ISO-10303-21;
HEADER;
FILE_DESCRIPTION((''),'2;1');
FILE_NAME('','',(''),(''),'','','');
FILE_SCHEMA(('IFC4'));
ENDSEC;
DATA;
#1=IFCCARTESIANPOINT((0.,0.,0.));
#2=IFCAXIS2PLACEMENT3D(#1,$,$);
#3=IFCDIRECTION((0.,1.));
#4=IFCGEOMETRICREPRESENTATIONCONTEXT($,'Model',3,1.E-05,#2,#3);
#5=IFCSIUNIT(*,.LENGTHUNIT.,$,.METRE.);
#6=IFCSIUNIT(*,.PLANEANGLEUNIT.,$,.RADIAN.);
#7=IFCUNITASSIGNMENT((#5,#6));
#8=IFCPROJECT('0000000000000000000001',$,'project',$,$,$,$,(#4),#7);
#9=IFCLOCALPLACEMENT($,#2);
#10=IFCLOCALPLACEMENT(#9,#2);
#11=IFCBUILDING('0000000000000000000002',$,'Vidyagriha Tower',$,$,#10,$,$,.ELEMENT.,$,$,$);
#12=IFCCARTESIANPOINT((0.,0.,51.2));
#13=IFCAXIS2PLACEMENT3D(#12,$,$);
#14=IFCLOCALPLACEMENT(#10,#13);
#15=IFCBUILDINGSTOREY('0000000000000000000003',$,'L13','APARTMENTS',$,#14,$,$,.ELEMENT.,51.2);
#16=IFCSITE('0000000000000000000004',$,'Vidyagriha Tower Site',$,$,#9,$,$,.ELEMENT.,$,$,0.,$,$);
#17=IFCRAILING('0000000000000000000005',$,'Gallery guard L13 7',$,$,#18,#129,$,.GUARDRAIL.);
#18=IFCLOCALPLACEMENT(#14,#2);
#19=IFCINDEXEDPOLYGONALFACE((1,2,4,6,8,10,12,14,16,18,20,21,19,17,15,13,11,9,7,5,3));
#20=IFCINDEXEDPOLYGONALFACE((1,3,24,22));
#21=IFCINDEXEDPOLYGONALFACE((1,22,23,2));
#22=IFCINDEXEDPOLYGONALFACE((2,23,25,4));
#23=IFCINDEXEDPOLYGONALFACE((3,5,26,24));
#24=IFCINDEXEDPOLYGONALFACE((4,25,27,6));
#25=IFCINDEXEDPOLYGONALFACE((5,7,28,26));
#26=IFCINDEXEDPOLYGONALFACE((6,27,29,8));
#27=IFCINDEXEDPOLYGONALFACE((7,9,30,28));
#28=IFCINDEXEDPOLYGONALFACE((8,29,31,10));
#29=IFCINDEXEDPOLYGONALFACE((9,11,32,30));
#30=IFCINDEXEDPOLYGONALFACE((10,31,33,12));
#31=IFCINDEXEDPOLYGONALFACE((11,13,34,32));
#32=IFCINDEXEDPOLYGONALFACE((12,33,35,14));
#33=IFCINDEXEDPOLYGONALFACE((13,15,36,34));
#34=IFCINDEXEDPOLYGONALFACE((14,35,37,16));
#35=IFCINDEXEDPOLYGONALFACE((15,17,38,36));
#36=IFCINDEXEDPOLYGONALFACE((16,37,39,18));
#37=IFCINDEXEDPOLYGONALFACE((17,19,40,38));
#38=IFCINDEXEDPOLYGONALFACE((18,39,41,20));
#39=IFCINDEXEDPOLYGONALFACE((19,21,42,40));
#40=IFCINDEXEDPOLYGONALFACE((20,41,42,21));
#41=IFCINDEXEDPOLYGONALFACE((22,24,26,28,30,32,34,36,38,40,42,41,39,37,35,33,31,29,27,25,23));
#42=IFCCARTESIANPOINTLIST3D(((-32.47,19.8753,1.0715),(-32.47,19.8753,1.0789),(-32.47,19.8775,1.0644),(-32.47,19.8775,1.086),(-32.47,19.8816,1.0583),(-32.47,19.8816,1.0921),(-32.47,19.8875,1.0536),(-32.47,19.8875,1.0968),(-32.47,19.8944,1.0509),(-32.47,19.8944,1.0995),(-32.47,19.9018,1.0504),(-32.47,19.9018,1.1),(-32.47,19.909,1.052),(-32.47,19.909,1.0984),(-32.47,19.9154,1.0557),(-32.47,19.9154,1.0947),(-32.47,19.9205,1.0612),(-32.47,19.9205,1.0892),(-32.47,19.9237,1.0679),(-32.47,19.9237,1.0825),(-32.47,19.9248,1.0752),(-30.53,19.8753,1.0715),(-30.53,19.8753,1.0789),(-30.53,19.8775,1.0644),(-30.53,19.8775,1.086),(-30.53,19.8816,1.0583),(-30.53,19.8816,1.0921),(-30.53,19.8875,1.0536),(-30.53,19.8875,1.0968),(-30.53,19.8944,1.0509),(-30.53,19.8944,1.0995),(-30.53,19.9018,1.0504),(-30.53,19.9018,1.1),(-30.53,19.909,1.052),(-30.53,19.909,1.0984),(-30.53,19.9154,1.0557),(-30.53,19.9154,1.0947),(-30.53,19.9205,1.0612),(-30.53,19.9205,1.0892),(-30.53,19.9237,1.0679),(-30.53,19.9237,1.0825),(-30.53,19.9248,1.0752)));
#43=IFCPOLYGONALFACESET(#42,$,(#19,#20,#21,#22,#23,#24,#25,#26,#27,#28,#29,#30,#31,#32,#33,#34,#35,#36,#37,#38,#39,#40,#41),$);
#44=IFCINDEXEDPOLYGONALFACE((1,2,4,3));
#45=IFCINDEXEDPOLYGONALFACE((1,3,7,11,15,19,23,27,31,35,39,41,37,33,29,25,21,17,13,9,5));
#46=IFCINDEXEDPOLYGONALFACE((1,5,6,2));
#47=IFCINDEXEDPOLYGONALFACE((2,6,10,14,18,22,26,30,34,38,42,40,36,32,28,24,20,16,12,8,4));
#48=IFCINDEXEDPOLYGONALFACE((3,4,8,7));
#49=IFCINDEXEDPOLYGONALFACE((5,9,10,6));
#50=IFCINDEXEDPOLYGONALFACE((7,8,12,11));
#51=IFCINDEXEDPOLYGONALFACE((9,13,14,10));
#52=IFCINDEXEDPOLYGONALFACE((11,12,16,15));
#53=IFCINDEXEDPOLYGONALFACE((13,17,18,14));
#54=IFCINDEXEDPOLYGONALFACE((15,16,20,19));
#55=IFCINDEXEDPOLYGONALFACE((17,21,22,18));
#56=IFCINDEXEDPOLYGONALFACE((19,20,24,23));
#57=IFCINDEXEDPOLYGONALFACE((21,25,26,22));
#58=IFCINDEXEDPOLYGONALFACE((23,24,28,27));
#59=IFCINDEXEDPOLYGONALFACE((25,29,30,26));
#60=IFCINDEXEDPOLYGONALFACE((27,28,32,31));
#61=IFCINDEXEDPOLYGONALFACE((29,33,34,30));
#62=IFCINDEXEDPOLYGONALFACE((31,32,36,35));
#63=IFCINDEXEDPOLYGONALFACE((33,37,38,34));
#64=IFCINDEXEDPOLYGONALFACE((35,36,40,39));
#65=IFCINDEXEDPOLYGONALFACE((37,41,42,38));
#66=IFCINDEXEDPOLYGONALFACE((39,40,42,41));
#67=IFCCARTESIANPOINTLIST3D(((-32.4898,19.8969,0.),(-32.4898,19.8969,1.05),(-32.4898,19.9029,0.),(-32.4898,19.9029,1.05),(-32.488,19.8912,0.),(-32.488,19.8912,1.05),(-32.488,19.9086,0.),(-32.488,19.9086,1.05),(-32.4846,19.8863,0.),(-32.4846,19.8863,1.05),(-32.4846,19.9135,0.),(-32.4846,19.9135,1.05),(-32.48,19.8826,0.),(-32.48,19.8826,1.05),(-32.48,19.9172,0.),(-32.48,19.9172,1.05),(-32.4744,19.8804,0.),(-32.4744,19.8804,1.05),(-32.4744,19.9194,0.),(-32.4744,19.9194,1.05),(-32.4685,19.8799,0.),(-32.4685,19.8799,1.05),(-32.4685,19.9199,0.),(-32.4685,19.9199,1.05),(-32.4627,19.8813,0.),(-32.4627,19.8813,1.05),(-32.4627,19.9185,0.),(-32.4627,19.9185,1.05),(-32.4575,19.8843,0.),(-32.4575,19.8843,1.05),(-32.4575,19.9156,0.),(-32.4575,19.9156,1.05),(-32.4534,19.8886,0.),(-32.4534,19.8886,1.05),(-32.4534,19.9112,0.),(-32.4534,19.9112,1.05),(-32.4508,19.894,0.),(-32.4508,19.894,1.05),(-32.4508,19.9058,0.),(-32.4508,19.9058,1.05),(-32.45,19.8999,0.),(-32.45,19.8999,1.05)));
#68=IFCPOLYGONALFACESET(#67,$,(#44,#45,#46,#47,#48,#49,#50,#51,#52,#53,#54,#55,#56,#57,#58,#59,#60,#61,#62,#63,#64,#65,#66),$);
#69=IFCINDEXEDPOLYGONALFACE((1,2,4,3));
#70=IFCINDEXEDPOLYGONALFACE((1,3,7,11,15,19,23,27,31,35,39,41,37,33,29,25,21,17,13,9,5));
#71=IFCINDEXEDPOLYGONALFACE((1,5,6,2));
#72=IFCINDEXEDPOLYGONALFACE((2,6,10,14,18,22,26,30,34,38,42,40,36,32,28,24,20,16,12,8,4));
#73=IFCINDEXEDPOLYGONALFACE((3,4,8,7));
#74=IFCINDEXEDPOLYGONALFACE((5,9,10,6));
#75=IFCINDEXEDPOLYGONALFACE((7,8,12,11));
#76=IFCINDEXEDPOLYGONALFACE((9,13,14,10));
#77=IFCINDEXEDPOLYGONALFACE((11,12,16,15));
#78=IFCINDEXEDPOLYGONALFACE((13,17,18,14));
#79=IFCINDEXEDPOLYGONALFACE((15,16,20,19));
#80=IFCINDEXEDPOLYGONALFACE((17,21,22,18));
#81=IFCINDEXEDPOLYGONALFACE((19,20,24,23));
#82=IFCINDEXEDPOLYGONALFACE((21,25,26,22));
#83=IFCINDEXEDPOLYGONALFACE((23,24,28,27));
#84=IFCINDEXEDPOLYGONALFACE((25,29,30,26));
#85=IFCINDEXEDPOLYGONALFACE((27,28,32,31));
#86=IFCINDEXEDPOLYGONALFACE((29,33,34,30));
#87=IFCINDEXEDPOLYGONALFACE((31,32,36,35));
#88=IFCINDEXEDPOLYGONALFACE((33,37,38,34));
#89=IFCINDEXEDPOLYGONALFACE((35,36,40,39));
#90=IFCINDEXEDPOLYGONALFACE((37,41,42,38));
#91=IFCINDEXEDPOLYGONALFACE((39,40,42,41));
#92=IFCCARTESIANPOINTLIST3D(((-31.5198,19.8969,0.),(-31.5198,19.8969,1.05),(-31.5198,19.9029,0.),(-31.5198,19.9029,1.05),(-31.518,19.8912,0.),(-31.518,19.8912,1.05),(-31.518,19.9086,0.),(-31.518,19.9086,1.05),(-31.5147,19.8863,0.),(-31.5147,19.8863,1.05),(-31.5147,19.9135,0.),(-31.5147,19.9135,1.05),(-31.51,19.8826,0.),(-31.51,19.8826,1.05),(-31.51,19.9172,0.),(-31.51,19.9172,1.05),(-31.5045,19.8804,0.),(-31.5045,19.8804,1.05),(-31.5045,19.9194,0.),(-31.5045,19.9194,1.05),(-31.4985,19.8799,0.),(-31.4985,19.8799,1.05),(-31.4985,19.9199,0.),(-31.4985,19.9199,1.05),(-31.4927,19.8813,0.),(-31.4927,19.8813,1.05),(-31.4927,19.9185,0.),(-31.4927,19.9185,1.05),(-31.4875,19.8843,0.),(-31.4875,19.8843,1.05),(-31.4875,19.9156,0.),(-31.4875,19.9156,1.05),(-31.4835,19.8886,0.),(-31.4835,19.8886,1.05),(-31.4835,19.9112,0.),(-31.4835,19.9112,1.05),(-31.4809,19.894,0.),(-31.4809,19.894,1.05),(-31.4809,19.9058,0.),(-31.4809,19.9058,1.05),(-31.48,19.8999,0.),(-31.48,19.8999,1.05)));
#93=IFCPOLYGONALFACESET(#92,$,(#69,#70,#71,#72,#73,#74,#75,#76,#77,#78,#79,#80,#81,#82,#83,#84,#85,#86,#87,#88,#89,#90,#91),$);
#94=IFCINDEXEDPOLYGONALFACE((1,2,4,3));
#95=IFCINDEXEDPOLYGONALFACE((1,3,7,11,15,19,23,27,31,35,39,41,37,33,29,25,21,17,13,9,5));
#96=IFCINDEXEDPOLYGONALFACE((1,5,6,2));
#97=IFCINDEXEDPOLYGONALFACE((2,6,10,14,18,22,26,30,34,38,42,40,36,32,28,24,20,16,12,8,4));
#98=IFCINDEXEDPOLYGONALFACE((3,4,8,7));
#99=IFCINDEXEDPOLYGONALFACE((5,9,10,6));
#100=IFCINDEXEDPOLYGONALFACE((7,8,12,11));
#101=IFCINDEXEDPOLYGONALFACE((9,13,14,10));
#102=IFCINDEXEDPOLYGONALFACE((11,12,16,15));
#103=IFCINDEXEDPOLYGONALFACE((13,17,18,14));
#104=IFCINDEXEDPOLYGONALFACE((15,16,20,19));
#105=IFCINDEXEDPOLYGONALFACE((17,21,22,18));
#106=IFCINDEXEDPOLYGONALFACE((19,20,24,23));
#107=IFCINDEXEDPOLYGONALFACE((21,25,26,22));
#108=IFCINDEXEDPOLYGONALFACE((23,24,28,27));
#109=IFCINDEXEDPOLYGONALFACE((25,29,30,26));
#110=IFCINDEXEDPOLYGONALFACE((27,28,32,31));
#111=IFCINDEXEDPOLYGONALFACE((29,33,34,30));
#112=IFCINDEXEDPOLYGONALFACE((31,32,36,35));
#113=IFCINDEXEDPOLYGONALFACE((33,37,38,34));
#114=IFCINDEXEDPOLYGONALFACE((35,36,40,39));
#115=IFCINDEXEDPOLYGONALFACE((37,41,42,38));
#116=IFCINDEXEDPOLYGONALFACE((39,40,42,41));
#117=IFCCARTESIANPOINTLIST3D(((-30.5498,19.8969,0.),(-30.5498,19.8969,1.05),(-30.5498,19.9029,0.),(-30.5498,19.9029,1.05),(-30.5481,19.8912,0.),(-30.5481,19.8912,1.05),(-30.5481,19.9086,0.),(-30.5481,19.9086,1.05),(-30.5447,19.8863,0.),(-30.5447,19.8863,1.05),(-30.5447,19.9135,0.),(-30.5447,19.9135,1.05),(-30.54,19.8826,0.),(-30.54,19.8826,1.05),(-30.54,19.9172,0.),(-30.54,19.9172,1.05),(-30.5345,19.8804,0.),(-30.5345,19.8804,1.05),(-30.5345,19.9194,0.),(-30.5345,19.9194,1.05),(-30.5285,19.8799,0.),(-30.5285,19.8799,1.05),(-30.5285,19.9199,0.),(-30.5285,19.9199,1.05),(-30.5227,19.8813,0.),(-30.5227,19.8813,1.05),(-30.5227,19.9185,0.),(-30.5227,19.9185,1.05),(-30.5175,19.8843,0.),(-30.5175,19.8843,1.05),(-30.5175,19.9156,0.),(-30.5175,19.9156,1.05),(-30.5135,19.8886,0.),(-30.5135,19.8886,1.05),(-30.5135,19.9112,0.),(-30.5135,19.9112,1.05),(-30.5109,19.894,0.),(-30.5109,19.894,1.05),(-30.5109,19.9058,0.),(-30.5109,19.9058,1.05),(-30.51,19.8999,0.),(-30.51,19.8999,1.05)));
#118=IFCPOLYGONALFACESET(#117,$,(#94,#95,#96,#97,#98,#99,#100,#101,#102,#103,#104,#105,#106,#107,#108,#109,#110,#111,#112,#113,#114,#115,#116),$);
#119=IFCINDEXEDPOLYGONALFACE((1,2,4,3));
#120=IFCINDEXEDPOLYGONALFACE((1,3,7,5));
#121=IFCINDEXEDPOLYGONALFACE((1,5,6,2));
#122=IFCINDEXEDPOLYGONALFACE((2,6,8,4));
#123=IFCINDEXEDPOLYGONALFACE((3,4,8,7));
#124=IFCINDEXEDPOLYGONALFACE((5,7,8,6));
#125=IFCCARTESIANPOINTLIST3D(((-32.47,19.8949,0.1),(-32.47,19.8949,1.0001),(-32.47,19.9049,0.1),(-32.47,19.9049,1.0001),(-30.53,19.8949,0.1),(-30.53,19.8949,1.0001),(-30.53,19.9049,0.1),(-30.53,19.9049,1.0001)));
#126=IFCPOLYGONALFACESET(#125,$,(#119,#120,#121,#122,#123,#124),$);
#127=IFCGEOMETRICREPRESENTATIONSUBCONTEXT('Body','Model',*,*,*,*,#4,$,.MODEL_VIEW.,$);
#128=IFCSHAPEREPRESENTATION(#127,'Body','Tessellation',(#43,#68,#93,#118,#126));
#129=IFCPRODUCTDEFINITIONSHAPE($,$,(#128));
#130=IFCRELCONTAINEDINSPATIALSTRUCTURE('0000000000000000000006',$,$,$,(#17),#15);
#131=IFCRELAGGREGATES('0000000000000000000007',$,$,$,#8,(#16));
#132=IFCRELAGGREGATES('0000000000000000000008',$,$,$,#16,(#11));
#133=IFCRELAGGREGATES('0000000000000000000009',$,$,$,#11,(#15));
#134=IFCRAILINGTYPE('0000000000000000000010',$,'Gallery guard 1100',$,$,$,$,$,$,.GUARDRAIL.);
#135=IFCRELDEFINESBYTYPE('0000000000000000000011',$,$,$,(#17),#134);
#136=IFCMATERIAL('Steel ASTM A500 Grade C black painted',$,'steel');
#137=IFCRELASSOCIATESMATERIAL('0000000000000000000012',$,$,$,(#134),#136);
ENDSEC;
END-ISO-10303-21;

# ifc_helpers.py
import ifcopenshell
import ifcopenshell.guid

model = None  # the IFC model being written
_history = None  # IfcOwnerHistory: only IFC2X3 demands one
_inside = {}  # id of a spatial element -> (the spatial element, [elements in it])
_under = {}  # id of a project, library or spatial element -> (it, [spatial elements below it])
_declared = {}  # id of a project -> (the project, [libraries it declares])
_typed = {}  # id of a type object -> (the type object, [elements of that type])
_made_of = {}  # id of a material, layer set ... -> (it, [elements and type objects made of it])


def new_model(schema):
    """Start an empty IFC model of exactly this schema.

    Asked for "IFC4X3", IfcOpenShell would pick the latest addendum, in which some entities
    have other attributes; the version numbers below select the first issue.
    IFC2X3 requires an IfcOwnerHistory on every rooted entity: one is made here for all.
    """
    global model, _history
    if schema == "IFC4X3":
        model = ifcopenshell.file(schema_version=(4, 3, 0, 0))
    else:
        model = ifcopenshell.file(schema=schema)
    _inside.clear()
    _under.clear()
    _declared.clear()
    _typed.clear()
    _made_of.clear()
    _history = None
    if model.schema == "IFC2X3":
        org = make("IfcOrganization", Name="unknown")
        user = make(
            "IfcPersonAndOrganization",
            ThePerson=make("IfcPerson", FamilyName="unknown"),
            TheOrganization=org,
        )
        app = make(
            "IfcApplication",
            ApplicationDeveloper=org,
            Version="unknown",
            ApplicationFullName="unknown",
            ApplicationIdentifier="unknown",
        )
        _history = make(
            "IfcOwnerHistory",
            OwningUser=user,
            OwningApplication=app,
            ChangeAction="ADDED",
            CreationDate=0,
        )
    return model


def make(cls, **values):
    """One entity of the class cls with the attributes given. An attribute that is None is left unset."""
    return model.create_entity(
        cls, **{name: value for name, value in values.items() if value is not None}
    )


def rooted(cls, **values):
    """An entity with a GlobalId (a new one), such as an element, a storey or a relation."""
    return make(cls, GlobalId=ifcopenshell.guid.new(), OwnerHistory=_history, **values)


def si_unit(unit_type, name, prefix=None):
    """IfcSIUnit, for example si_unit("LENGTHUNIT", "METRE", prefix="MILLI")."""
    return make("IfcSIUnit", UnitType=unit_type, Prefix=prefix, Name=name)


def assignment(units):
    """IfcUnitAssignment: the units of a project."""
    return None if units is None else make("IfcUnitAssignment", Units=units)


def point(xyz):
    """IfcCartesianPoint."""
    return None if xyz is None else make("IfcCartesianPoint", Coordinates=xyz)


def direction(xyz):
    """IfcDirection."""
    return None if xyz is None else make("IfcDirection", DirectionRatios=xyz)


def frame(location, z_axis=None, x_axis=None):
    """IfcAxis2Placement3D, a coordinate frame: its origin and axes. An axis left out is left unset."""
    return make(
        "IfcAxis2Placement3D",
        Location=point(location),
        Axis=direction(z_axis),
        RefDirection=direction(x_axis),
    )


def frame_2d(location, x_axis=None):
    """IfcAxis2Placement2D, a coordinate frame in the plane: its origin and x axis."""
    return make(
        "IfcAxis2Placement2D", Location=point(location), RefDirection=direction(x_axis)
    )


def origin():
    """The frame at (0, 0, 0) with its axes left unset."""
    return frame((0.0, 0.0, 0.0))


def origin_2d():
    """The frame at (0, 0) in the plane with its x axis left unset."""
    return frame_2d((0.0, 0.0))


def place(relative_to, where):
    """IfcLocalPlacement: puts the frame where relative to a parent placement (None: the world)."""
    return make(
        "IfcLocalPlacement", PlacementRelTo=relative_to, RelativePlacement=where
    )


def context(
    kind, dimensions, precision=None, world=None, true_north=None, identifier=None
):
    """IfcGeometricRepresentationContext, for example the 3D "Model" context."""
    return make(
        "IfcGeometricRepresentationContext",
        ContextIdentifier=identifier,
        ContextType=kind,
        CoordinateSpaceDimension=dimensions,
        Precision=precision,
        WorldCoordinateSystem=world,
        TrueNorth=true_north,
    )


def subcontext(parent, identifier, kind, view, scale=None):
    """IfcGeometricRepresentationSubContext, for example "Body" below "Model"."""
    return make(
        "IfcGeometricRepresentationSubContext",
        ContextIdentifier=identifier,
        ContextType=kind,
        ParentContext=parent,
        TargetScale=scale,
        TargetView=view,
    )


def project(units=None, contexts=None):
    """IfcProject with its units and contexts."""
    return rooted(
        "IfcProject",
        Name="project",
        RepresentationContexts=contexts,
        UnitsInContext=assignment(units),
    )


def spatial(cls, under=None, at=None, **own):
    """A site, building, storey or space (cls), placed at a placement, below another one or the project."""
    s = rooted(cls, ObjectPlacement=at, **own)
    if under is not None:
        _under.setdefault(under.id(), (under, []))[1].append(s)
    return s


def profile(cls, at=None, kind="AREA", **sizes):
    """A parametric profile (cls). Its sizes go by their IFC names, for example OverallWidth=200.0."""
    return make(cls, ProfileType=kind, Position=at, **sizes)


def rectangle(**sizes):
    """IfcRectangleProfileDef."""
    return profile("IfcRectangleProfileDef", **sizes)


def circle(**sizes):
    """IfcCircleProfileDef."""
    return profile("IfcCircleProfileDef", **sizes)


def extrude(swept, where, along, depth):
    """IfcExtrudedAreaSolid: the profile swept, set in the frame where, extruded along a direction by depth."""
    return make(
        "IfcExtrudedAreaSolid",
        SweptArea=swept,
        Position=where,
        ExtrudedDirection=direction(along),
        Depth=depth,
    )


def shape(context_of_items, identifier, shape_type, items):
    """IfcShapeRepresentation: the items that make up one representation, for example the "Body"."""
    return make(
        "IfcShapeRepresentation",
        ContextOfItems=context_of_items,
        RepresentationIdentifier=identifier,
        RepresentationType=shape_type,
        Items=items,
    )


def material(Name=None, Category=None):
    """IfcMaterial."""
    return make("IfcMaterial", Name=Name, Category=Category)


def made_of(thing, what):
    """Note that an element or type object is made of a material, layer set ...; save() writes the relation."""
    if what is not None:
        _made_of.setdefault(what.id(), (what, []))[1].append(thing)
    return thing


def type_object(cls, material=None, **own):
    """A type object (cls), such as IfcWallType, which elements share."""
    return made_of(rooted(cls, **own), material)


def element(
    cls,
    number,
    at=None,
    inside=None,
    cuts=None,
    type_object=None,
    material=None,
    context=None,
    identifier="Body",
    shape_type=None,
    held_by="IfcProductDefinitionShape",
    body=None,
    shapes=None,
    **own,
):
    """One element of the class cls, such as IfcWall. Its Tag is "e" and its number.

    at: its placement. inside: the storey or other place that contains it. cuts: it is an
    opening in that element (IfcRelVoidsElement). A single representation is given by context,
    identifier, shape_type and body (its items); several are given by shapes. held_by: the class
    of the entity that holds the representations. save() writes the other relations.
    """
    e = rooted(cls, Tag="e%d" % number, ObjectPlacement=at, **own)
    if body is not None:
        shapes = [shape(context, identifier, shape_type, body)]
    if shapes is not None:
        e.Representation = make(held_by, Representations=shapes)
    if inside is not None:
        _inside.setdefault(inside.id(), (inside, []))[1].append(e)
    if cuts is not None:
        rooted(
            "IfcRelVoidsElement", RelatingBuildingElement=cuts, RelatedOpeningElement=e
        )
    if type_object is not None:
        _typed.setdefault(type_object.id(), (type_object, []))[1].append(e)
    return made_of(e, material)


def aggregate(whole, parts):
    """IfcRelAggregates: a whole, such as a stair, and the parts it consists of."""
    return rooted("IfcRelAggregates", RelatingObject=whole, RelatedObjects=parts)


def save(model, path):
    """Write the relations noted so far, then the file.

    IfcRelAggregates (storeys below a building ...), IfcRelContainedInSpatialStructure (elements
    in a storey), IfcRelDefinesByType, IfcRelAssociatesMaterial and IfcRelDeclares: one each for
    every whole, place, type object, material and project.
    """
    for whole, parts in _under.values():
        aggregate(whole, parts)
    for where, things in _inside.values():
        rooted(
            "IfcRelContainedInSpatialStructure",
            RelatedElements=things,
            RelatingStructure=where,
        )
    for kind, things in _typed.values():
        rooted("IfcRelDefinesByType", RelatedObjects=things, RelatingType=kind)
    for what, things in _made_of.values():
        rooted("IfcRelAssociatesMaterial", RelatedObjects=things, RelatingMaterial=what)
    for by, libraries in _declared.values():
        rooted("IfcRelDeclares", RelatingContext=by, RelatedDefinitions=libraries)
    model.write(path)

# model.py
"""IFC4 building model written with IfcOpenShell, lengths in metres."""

from ifc_helpers import new_model, si_unit, direction, frame, origin, origin_2d, place, context, subcontext, project, spatial, rectangle, circle, extrude, material, type_object, element, save


model = new_model("IFC4")

# Units and contexts
model_context = context("Model", 3, precision=1e-05, world=origin(), true_north=direction((0.0, 1.0)))
body_context = subcontext(model_context, "Body", "Model", "MODEL_VIEW")
ifc_project = project(units=[si_unit("LENGTHUNIT", "METRE"), si_unit("PLANEANGLEUNIT", "RADIAN")], contexts=[model_context])

# Site, building, storey
site_placement = place(None, origin())
site = spatial("IfcSite", under=ifc_project, at=site_placement, Name="Vidyagriha Tower Site", CompositionType="ELEMENT", RefElevation=0.0)
building_placement = place(site_placement, origin())
building = spatial("IfcBuilding", under=site, at=building_placement, Name="Vidyagriha Tower", CompositionType="ELEMENT")
storey_placement = place(building_placement, frame((0.0, 0.0, 51.2)))
storey = spatial("IfcBuildingStorey", under=building, at=storey_placement, Name="L13", Description="APARTMENTS", CompositionType="ELEMENT", Elevation=51.2)

# Railing
ifc_material_1 = material(Name="Steel ASTM A500 Grade C black painted", Category="steel")
railing_type = type_object("IfcRailingType", Name="Gallery guard 1100", PredefinedType="GUARDRAIL", material=ifc_material_1)
railing_1_placement = place(storey_placement, frame((-32.47, 19.8999, 0.0)))
element("IfcRailing", 1, at=railing_1_placement, inside=storey, type_object=railing_type, Name="Gallery guard L13 7", PredefinedType="GUARDRAIL", context=body_context, shape_type="SweptSolid", body=[
    extrude(circle(Radius=0.0249, at=origin_2d()), frame((0.0, 0.0, 1.0752), z_axis=(1.0, 0.0, 0.0), x_axis=(0.0, 1.0, 0.0)), (0.0, 0.0, 1.0), 1.9399),
    extrude(circle(Radius=0.02, at=origin_2d()), origin(), (0.0, 0.0, 1.0), 1.05),
    extrude(circle(Radius=0.02, at=origin_2d()), frame((0.97, 0.0, 0.0)), (0.0, 0.0, 1.0), 1.05),
    extrude(circle(Radius=0.02, at=origin_2d()), frame((1.9399, 0.0, 0.0)), (0.0, 0.0, 1.0), 1.05),
    extrude(rectangle(XDim=0.01, YDim=0.9001, at=origin_2d()), frame((0.0, 0.0, 0.55), z_axis=(1.0, 0.0, 0.0), x_axis=(0.0, 1.0, 0.0)), (0.0, 0.0, 1.0), 1.9399),
])

save(model, "model.ifc")
